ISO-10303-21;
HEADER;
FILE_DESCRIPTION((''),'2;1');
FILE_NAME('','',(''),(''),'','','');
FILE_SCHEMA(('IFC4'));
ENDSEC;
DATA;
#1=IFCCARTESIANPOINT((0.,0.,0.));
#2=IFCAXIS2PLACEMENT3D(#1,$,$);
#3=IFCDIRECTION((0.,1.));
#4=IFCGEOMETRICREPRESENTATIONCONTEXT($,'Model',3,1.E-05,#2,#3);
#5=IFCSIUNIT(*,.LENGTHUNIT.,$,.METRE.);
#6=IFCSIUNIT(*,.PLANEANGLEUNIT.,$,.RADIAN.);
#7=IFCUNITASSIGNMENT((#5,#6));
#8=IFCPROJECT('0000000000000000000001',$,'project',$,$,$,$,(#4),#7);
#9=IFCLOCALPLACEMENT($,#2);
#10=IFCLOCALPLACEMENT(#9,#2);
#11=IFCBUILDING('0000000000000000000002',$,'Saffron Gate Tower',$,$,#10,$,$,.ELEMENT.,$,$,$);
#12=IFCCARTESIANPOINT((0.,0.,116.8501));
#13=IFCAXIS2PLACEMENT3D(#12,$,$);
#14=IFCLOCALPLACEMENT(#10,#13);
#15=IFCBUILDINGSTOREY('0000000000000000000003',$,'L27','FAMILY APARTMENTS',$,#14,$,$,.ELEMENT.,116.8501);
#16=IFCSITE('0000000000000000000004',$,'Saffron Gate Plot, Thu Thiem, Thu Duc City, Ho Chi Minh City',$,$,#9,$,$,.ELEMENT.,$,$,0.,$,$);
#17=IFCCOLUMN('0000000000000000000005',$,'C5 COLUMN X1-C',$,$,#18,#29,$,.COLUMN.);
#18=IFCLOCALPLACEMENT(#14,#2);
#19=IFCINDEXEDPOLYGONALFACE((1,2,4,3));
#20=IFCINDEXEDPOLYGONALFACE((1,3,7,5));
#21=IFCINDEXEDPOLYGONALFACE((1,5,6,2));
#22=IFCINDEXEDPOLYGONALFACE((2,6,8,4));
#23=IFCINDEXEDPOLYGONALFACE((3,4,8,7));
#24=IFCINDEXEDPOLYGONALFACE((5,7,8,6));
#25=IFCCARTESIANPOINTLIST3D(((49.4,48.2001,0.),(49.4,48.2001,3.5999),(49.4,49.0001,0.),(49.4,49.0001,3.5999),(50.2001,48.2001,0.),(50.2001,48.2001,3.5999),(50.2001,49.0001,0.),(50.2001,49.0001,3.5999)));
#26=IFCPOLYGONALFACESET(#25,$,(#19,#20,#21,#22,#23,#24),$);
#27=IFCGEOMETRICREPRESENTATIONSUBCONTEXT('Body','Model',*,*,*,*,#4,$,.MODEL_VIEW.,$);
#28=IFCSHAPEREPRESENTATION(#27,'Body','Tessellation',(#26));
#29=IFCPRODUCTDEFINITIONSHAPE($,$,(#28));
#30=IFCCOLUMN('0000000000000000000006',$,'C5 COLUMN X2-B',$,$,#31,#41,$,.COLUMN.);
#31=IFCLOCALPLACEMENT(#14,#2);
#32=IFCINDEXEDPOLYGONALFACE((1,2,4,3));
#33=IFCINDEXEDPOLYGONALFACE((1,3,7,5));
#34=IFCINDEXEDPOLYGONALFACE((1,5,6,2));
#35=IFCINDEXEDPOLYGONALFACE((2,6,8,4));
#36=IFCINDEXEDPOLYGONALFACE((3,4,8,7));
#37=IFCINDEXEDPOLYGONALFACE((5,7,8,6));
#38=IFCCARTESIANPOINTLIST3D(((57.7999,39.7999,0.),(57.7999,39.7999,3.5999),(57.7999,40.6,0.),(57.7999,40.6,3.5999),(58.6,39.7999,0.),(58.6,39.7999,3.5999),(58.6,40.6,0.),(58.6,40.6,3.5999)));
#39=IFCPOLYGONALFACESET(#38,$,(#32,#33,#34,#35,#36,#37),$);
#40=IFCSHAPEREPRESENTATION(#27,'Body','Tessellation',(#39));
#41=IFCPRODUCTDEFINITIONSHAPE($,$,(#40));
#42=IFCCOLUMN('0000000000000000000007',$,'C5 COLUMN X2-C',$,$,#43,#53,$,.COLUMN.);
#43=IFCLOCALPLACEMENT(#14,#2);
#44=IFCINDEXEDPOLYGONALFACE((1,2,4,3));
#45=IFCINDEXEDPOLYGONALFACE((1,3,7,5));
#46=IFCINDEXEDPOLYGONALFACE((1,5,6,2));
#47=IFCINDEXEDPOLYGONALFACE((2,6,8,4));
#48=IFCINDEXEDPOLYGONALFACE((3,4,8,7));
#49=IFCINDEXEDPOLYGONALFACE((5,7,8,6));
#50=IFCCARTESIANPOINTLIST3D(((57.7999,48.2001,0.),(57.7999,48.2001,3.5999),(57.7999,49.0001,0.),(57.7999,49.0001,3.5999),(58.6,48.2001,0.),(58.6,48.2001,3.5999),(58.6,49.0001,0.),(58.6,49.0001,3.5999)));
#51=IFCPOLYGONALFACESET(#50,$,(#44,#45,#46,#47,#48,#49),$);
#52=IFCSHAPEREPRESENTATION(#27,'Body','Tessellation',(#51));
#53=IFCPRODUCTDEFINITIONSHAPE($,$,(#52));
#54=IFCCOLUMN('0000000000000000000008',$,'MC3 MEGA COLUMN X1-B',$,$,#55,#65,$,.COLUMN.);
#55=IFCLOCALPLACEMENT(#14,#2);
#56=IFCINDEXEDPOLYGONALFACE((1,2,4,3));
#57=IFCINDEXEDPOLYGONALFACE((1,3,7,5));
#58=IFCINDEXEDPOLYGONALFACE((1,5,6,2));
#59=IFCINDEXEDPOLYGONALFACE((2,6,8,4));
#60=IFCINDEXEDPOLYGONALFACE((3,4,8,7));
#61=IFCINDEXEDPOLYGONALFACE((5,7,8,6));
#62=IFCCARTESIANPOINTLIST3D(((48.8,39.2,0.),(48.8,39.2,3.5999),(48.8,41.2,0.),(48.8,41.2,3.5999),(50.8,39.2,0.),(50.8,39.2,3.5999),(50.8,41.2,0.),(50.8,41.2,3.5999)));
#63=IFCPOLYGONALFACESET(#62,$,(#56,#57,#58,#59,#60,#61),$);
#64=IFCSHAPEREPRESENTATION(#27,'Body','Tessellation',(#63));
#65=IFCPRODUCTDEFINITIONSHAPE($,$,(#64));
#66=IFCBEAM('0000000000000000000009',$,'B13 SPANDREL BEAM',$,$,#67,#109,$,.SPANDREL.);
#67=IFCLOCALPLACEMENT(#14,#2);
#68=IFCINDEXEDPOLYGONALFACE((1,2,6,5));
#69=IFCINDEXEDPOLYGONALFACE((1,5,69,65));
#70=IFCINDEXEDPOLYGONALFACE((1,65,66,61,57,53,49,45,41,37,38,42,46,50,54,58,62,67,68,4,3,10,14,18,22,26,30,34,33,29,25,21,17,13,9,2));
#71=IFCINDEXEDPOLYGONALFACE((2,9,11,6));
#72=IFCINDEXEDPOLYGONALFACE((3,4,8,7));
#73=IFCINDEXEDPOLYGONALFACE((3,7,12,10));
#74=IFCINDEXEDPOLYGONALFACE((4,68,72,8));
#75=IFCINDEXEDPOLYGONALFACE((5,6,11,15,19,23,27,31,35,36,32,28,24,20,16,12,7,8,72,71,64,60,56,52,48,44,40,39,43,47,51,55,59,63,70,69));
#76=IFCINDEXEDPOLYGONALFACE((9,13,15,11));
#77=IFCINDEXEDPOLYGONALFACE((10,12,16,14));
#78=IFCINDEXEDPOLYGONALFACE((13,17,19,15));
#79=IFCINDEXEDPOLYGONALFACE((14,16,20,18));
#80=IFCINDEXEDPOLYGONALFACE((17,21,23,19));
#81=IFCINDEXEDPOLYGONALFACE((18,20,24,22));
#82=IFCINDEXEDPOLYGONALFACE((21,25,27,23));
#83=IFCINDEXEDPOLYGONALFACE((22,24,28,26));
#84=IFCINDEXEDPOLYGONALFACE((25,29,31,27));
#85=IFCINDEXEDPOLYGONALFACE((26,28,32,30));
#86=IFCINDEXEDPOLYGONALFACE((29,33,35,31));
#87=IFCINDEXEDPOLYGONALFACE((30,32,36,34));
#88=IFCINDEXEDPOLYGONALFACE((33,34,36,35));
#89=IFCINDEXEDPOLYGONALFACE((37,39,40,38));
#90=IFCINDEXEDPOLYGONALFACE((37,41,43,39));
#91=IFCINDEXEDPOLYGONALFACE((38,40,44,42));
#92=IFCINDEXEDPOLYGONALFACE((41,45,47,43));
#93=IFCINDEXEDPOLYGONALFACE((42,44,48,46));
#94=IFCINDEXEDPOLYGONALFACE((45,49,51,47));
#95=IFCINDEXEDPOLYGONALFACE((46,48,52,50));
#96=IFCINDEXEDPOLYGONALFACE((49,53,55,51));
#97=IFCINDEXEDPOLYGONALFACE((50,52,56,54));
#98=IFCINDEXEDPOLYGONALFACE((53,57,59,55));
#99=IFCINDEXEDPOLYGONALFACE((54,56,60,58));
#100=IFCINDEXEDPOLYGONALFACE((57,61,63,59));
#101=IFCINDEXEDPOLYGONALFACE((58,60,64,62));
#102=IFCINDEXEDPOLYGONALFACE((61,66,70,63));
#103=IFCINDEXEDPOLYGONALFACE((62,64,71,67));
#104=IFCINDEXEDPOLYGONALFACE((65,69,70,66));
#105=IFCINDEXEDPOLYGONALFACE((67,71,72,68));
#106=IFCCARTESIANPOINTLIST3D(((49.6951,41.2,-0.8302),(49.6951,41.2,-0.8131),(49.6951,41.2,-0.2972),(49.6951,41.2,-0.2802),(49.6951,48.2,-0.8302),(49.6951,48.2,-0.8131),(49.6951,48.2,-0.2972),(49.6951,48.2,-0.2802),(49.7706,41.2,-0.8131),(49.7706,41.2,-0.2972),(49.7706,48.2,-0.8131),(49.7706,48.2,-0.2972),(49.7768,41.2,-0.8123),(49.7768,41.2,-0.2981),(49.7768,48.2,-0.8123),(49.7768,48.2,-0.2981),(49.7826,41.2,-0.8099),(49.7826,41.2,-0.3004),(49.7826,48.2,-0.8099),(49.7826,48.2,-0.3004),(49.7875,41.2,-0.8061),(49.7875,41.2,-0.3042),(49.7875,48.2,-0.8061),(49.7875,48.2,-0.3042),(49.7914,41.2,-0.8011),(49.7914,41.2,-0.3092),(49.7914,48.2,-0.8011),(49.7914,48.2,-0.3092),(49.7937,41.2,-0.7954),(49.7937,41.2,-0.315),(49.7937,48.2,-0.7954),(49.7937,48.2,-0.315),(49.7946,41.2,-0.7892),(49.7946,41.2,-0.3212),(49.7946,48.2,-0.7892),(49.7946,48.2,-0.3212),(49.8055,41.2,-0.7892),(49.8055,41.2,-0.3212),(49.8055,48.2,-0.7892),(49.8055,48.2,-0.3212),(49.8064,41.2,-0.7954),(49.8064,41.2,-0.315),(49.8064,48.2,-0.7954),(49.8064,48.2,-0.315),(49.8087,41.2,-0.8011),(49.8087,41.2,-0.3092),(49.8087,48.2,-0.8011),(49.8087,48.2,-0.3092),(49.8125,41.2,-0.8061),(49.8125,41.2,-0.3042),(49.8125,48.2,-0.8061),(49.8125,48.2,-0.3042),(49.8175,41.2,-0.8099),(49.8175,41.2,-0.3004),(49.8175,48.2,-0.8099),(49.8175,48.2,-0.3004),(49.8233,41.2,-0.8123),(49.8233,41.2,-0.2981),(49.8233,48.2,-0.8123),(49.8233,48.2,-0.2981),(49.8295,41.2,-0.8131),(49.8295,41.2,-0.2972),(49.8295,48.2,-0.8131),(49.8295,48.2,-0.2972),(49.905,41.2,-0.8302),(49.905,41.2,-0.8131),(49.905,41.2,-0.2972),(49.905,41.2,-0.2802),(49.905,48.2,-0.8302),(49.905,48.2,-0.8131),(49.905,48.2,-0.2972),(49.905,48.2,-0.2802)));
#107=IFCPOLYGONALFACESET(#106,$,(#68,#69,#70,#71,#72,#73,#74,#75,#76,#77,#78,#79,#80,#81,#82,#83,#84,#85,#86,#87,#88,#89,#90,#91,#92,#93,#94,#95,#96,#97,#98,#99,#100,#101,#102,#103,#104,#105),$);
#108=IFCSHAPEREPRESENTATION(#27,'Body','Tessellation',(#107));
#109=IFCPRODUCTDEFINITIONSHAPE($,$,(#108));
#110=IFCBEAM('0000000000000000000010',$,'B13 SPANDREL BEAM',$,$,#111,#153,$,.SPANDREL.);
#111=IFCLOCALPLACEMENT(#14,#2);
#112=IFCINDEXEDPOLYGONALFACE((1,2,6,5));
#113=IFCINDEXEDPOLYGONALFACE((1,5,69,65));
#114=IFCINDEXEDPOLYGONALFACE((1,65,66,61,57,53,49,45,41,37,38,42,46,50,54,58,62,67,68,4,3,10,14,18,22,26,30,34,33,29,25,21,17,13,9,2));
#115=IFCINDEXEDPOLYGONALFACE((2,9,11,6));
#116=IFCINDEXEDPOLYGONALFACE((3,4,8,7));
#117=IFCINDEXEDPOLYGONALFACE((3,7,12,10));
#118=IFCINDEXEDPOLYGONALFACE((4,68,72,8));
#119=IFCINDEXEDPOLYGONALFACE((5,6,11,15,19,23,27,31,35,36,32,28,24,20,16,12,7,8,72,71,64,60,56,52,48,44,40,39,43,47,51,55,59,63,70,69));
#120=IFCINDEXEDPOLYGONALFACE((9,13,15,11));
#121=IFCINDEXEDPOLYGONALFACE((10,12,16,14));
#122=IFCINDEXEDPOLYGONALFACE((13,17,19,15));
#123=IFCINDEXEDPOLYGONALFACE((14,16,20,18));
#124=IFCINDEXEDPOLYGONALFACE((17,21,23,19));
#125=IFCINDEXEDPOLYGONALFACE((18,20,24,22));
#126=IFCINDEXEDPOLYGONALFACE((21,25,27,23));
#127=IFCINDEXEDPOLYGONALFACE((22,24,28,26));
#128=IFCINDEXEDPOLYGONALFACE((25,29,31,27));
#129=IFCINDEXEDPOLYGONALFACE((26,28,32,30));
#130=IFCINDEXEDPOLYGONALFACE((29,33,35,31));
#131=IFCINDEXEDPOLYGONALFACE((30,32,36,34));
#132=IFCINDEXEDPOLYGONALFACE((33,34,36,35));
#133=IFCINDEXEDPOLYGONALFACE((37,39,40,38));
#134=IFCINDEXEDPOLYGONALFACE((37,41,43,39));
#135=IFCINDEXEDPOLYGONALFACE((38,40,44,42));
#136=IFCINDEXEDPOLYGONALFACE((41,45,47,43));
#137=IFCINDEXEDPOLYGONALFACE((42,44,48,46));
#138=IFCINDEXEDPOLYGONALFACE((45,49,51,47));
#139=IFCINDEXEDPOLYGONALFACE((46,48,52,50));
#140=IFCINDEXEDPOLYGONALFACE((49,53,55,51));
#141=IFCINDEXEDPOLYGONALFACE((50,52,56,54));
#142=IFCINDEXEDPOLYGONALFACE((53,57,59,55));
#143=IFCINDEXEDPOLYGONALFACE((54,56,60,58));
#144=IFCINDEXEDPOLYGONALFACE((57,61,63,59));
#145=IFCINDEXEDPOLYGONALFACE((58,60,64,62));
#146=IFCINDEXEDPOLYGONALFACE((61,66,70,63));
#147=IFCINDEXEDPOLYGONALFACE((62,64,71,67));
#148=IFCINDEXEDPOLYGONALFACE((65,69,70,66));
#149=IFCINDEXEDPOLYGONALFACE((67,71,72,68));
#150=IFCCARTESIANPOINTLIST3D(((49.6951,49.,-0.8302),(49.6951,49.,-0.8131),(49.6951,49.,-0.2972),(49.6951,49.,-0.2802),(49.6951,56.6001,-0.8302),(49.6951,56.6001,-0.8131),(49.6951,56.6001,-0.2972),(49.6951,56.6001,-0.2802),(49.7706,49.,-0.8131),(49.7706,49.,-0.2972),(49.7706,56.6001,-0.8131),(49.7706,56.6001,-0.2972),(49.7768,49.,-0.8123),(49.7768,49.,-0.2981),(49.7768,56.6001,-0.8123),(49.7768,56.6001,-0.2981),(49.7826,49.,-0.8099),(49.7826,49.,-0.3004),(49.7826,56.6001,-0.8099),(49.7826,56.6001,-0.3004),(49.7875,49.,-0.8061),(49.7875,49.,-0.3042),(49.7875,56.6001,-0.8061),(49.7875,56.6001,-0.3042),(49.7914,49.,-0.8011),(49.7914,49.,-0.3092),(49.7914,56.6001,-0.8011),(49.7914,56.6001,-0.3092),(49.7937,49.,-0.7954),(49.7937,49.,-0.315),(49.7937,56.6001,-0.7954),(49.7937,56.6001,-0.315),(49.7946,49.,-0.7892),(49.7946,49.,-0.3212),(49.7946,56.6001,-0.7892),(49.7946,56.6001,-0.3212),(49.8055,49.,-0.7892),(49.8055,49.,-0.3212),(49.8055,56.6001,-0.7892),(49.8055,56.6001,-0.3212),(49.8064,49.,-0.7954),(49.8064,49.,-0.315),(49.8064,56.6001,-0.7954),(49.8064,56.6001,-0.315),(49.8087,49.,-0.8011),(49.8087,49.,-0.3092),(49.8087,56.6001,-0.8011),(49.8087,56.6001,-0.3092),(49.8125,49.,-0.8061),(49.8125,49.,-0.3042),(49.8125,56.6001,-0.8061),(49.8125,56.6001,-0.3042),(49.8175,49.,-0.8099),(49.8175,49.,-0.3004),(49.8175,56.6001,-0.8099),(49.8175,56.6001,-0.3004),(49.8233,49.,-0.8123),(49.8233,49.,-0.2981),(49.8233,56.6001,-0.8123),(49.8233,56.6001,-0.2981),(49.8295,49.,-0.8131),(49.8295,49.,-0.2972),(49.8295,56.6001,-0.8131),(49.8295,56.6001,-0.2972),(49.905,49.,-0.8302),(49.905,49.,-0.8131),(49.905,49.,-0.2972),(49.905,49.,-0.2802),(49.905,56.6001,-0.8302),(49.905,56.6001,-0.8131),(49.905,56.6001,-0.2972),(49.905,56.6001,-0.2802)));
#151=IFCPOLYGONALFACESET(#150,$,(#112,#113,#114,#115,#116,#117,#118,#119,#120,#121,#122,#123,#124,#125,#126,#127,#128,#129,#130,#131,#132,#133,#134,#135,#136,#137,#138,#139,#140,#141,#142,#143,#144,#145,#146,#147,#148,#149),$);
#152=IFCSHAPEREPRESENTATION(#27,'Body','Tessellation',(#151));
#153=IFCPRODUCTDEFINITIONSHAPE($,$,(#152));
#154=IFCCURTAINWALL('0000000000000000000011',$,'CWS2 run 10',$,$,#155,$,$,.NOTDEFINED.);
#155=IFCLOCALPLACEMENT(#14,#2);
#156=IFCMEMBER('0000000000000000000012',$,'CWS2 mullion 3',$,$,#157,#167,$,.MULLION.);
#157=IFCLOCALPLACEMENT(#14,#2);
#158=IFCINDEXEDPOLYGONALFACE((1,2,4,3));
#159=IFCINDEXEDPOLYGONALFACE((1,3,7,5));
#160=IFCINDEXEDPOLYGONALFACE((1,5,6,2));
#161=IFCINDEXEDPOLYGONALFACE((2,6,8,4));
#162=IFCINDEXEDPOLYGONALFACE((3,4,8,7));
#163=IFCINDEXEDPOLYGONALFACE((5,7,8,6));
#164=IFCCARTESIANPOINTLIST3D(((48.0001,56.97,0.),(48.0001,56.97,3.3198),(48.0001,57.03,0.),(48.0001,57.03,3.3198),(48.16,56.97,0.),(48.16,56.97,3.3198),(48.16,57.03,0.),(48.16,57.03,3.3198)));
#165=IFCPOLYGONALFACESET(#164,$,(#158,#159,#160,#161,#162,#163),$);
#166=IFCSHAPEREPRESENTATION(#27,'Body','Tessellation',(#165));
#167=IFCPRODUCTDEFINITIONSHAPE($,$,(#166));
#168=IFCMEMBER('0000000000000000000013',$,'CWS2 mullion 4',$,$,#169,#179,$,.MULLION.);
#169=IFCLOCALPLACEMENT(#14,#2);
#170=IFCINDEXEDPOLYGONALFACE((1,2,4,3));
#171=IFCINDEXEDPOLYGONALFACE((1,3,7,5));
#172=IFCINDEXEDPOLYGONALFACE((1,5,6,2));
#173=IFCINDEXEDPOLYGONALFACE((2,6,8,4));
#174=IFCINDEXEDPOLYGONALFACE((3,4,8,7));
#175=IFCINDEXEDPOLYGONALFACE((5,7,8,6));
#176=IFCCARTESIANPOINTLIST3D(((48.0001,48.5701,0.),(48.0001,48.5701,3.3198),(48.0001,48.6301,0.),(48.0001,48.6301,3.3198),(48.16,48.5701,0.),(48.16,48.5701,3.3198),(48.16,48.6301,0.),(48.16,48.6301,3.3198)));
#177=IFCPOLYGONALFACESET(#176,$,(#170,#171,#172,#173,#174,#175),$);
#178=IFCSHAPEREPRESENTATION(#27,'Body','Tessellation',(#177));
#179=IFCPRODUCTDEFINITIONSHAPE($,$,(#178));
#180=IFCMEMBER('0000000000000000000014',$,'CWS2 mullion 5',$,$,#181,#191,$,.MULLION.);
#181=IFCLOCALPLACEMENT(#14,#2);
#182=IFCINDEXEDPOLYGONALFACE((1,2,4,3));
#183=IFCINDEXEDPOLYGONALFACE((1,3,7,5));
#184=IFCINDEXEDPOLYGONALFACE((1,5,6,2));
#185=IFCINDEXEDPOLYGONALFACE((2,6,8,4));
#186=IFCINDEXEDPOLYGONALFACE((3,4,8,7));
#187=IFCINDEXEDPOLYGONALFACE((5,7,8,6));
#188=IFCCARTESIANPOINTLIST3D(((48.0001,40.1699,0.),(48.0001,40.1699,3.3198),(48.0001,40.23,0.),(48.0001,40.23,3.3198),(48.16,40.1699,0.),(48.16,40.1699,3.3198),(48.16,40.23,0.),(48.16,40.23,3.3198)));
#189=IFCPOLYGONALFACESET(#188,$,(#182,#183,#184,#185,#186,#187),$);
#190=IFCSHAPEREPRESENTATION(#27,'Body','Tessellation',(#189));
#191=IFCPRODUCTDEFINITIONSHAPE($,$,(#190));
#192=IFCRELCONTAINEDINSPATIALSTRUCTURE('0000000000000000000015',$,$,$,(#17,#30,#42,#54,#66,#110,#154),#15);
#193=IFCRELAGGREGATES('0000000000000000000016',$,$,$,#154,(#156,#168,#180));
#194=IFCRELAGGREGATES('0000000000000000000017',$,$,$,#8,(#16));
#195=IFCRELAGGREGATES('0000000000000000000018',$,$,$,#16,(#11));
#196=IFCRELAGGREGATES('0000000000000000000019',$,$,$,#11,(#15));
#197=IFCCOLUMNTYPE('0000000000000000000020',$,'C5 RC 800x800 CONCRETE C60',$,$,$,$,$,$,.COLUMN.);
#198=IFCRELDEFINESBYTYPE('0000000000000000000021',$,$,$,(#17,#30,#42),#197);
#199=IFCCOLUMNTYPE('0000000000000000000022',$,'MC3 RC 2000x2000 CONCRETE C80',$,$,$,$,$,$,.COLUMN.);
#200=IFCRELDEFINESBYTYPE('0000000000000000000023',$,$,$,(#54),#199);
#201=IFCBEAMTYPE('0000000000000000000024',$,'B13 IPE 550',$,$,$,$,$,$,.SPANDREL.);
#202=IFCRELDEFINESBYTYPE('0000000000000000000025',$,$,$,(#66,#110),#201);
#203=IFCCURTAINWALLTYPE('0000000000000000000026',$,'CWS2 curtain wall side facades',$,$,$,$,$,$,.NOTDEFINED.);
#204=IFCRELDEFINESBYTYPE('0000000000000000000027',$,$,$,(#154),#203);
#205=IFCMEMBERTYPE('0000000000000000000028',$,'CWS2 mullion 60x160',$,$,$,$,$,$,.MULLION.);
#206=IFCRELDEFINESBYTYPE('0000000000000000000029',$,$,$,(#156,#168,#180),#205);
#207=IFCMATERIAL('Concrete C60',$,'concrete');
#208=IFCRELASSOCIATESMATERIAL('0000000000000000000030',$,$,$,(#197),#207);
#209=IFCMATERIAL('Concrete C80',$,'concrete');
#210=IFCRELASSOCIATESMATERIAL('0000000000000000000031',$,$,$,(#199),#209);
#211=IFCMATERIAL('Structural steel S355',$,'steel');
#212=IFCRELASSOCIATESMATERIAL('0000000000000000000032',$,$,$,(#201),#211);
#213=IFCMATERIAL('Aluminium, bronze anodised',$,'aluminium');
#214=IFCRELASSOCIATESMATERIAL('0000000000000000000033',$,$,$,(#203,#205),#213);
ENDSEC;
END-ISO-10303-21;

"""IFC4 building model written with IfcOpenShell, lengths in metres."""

from ifc_helpers import new_model, si_unit, direction, frame, origin, origin_2d, place, context, subcontext, project, spatial, rectangle, i_section, extrude, material, material_profile, profile_set, type_object, element, aggregate, save


model = new_model("IFC4")

# Units and contexts
model_context = context("Model", 3, precision=1e-05, world=origin(), true_north=direction((0.0, 1.0)))
body_context = subcontext(model_context, "Body", "Model", "MODEL_VIEW")
ifc_project = project(units=[si_unit("LENGTHUNIT", "METRE"), si_unit("PLANEANGLEUNIT", "RADIAN")], contexts=[model_context])

# Site, building, storey
site_placement = place(None, origin())
site = spatial("IfcSite", under=ifc_project, at=site_placement, Name="Saffron Gate Plot, Thu Thiem, Thu Duc City, Ho Chi Minh City", CompositionType="ELEMENT", RefElevation=0.0)
building_placement = place(site_placement, origin())
building = spatial("IfcBuilding", under=site, at=building_placement, Name="Saffron Gate Tower", CompositionType="ELEMENT")
storey_placement = place(building_placement, frame((0.0, 0.0, 116.8501)))
storey = spatial("IfcBuildingStorey", under=building, at=storey_placement, Name="L27", Description="FAMILY APARTMENTS", CompositionType="ELEMENT", Elevation=116.8501)

# Columns
ifc_material_1 = material(Name="Concrete C60", Category="concrete")
ifc_material_profile_1 = material_profile(ifc_material_1, rectangle(XDim=0.8, YDim=0.8, at=origin_2d()))
ifc_profile_set_1 = profile_set([ifc_material_profile_1], Name="Concrete C60")
column_type_1 = type_object("IfcColumnType", Name="C5 RC 800x800 CONCRETE C60", PredefinedType="COLUMN", material=ifc_profile_set_1)
for number, where, z_axis, x_axis, name in (
    (1, (49.8, 48.6001, 0.0), (0.0, 0.0, 1.0), (1.0, 0.0, 0.0), "C5 COLUMN X1-C"),
    (2, (58.2, 40.2, 0.0), (0.0, 0.0, 1.0), (1.0, 0.0, 0.0), "C5 COLUMN X2-B"),
    (3, (58.2, 48.6001, 0.0), (0.0, 0.0, 1.0), (1.0, 0.0, 0.0), "C5 COLUMN X2-C"),
):
    element("IfcColumn", number, at=place(storey_placement, frame(where, z_axis=z_axis, x_axis=x_axis)), inside=storey, type_object=column_type_1, Name=name, PredefinedType="COLUMN", context=body_context, shape_type="SweptSolid", body=[
        extrude(rectangle(XDim=0.8, YDim=0.8, at=origin_2d()), origin(), (0.0, 0.0, 1.0), 3.5999),
    ])
ifc_material_2 = material(Name="Concrete C80", Category="concrete")
ifc_material_profile_2 = material_profile(ifc_material_2, rectangle(XDim=2.0, YDim=2.0, at=origin_2d()))
ifc_profile_set_2 = profile_set([ifc_material_profile_2], Name="Concrete C80")
column_type_2 = type_object("IfcColumnType", Name="MC3 RC 2000x2000 CONCRETE C80", PredefinedType="COLUMN", material=ifc_profile_set_2)
column_placement = place(storey_placement, frame((49.8, 40.2, 0.0), z_axis=(0.0, 0.0, 1.0), x_axis=(1.0, 0.0, 0.0)))
element("IfcColumn", 4, at=column_placement, inside=storey, type_object=column_type_2, Name="MC3 MEGA COLUMN X1-B", PredefinedType="COLUMN", context=body_context, shape_type="SweptSolid", body=[
    extrude(rectangle(XDim=2.0, YDim=2.0, at=origin_2d()), origin(), (0.0, 0.0, 1.0), 3.5999),
])

# Beams
ifc_material_3 = material(Name="Structural steel S355", Category="steel")
ifc_material_profile_3 = material_profile(ifc_material_3, i_section(OverallWidth=0.21, OverallDepth=0.55, WebThickness=0.011, FlangeThickness=0.0171, FilletRadius=0.0239, at=origin_2d()))
ifc_profile_set_3 = profile_set([ifc_material_profile_3], Name="Structural steel S355")
beam_type = type_object("IfcBeamType", Name="B13 IPE 550", PredefinedType="SPANDREL", material=ifc_profile_set_3)
beam_1_placement = place(storey_placement, frame((49.8, 41.2, -0.5552), z_axis=(0.0, 1.0, 0.0), x_axis=(-1.0, 0.0, 0.0)))
element("IfcBeam", 5, at=beam_1_placement, inside=storey, type_object=beam_type, Name="B13 SPANDREL BEAM", PredefinedType="SPANDREL", context=body_context, shape_type="SweptSolid", body=[
    extrude(i_section(OverallWidth=0.21, OverallDepth=0.55, WebThickness=0.011, FlangeThickness=0.0171, FilletRadius=0.0239, at=origin_2d()), origin(), (0.0, 0.0, 1.0), 7.0),
])
beam_2_placement = place(storey_placement, frame((49.8, 49.0, -0.5552), z_axis=(0.0, 1.0, 0.0), x_axis=(-1.0, 0.0, 0.0)))
element("IfcBeam", 6, at=beam_2_placement, inside=storey, type_object=beam_type, Name="B13 SPANDREL BEAM", PredefinedType="SPANDREL", context=body_context, shape_type="SweptSolid", body=[
    extrude(i_section(OverallWidth=0.21, OverallDepth=0.55, WebThickness=0.011, FlangeThickness=0.0171, FilletRadius=0.0239, at=origin_2d()), origin(), (0.0, 0.0, 1.0), 7.6001),
])

# Curtain wall, members
ifc_material_4 = material(Name="Aluminium, bronze anodised", Category="aluminium")
curtain_wall_type_1 = type_object("IfcCurtainWallType", Name="CWS2 curtain wall side facades", PredefinedType="NOTDEFINED", material=ifc_material_4)
curtain_wall_1_placement = place(storey_placement, origin())
curtain_wall_1 = element("IfcCurtainWall", 7, at=curtain_wall_1_placement, inside=storey, type_object=curtain_wall_type_1, Name="CWS2 run 10", PredefinedType="NOTDEFINED")
ifc_material_profile_4 = material_profile(ifc_material_4, rectangle(XDim=0.1599, YDim=0.0601, at=origin_2d()))
ifc_profile_set_4 = profile_set([ifc_material_profile_4], Name="Aluminium, bronze anodised")
member_type_1 = type_object("IfcMemberType", Name="CWS2 mullion 60x160", PredefinedType="MULLION", material=ifc_profile_set_4)
member_1_placement = place(storey_placement, frame((48.0801, 57.0, 0.0), z_axis=(0.0, 0.0, 1.0), x_axis=(1.0, 0.0, 0.0)))
member_1 = element("IfcMember", 8, at=member_1_placement, type_object=member_type_1, Name="CWS2 mullion 3", PredefinedType="MULLION", context=body_context, shape_type="SweptSolid", body=[
    extrude(rectangle(XDim=0.1599, YDim=0.0601, at=origin_2d()), origin(), (0.0, 0.0, 1.0), 3.3198),
])
member_2_placement = place(storey_placement, frame((48.0801, 48.6001, 0.0), z_axis=(0.0, 0.0, 1.0), x_axis=(1.0, 0.0, 0.0)))
member_2 = element("IfcMember", 9, at=member_2_placement, type_object=member_type_1, Name="CWS2 mullion 4", PredefinedType="MULLION", context=body_context, shape_type="SweptSolid", body=[
    extrude(rectangle(XDim=0.1599, YDim=0.0601, at=origin_2d()), origin(), (0.0, 0.0, 1.0), 3.3198),
])
member_3_placement = place(storey_placement, frame((48.0801, 40.2, 0.0), z_axis=(0.0, 0.0, 1.0), x_axis=(1.0, 0.0, 0.0)))
member_3 = element("IfcMember", 10, at=member_3_placement, type_object=member_type_1, Name="CWS2 mullion 5", PredefinedType="MULLION", context=body_context, shape_type="SweptSolid", body=[
    extrude(rectangle(XDim=0.1599, YDim=0.0601, at=origin_2d()), origin(), (0.0, 0.0, 1.0), 3.3198),
])
aggregate(curtain_wall_1, [member_1, member_2, member_3])

save(model, "model.ifc")
